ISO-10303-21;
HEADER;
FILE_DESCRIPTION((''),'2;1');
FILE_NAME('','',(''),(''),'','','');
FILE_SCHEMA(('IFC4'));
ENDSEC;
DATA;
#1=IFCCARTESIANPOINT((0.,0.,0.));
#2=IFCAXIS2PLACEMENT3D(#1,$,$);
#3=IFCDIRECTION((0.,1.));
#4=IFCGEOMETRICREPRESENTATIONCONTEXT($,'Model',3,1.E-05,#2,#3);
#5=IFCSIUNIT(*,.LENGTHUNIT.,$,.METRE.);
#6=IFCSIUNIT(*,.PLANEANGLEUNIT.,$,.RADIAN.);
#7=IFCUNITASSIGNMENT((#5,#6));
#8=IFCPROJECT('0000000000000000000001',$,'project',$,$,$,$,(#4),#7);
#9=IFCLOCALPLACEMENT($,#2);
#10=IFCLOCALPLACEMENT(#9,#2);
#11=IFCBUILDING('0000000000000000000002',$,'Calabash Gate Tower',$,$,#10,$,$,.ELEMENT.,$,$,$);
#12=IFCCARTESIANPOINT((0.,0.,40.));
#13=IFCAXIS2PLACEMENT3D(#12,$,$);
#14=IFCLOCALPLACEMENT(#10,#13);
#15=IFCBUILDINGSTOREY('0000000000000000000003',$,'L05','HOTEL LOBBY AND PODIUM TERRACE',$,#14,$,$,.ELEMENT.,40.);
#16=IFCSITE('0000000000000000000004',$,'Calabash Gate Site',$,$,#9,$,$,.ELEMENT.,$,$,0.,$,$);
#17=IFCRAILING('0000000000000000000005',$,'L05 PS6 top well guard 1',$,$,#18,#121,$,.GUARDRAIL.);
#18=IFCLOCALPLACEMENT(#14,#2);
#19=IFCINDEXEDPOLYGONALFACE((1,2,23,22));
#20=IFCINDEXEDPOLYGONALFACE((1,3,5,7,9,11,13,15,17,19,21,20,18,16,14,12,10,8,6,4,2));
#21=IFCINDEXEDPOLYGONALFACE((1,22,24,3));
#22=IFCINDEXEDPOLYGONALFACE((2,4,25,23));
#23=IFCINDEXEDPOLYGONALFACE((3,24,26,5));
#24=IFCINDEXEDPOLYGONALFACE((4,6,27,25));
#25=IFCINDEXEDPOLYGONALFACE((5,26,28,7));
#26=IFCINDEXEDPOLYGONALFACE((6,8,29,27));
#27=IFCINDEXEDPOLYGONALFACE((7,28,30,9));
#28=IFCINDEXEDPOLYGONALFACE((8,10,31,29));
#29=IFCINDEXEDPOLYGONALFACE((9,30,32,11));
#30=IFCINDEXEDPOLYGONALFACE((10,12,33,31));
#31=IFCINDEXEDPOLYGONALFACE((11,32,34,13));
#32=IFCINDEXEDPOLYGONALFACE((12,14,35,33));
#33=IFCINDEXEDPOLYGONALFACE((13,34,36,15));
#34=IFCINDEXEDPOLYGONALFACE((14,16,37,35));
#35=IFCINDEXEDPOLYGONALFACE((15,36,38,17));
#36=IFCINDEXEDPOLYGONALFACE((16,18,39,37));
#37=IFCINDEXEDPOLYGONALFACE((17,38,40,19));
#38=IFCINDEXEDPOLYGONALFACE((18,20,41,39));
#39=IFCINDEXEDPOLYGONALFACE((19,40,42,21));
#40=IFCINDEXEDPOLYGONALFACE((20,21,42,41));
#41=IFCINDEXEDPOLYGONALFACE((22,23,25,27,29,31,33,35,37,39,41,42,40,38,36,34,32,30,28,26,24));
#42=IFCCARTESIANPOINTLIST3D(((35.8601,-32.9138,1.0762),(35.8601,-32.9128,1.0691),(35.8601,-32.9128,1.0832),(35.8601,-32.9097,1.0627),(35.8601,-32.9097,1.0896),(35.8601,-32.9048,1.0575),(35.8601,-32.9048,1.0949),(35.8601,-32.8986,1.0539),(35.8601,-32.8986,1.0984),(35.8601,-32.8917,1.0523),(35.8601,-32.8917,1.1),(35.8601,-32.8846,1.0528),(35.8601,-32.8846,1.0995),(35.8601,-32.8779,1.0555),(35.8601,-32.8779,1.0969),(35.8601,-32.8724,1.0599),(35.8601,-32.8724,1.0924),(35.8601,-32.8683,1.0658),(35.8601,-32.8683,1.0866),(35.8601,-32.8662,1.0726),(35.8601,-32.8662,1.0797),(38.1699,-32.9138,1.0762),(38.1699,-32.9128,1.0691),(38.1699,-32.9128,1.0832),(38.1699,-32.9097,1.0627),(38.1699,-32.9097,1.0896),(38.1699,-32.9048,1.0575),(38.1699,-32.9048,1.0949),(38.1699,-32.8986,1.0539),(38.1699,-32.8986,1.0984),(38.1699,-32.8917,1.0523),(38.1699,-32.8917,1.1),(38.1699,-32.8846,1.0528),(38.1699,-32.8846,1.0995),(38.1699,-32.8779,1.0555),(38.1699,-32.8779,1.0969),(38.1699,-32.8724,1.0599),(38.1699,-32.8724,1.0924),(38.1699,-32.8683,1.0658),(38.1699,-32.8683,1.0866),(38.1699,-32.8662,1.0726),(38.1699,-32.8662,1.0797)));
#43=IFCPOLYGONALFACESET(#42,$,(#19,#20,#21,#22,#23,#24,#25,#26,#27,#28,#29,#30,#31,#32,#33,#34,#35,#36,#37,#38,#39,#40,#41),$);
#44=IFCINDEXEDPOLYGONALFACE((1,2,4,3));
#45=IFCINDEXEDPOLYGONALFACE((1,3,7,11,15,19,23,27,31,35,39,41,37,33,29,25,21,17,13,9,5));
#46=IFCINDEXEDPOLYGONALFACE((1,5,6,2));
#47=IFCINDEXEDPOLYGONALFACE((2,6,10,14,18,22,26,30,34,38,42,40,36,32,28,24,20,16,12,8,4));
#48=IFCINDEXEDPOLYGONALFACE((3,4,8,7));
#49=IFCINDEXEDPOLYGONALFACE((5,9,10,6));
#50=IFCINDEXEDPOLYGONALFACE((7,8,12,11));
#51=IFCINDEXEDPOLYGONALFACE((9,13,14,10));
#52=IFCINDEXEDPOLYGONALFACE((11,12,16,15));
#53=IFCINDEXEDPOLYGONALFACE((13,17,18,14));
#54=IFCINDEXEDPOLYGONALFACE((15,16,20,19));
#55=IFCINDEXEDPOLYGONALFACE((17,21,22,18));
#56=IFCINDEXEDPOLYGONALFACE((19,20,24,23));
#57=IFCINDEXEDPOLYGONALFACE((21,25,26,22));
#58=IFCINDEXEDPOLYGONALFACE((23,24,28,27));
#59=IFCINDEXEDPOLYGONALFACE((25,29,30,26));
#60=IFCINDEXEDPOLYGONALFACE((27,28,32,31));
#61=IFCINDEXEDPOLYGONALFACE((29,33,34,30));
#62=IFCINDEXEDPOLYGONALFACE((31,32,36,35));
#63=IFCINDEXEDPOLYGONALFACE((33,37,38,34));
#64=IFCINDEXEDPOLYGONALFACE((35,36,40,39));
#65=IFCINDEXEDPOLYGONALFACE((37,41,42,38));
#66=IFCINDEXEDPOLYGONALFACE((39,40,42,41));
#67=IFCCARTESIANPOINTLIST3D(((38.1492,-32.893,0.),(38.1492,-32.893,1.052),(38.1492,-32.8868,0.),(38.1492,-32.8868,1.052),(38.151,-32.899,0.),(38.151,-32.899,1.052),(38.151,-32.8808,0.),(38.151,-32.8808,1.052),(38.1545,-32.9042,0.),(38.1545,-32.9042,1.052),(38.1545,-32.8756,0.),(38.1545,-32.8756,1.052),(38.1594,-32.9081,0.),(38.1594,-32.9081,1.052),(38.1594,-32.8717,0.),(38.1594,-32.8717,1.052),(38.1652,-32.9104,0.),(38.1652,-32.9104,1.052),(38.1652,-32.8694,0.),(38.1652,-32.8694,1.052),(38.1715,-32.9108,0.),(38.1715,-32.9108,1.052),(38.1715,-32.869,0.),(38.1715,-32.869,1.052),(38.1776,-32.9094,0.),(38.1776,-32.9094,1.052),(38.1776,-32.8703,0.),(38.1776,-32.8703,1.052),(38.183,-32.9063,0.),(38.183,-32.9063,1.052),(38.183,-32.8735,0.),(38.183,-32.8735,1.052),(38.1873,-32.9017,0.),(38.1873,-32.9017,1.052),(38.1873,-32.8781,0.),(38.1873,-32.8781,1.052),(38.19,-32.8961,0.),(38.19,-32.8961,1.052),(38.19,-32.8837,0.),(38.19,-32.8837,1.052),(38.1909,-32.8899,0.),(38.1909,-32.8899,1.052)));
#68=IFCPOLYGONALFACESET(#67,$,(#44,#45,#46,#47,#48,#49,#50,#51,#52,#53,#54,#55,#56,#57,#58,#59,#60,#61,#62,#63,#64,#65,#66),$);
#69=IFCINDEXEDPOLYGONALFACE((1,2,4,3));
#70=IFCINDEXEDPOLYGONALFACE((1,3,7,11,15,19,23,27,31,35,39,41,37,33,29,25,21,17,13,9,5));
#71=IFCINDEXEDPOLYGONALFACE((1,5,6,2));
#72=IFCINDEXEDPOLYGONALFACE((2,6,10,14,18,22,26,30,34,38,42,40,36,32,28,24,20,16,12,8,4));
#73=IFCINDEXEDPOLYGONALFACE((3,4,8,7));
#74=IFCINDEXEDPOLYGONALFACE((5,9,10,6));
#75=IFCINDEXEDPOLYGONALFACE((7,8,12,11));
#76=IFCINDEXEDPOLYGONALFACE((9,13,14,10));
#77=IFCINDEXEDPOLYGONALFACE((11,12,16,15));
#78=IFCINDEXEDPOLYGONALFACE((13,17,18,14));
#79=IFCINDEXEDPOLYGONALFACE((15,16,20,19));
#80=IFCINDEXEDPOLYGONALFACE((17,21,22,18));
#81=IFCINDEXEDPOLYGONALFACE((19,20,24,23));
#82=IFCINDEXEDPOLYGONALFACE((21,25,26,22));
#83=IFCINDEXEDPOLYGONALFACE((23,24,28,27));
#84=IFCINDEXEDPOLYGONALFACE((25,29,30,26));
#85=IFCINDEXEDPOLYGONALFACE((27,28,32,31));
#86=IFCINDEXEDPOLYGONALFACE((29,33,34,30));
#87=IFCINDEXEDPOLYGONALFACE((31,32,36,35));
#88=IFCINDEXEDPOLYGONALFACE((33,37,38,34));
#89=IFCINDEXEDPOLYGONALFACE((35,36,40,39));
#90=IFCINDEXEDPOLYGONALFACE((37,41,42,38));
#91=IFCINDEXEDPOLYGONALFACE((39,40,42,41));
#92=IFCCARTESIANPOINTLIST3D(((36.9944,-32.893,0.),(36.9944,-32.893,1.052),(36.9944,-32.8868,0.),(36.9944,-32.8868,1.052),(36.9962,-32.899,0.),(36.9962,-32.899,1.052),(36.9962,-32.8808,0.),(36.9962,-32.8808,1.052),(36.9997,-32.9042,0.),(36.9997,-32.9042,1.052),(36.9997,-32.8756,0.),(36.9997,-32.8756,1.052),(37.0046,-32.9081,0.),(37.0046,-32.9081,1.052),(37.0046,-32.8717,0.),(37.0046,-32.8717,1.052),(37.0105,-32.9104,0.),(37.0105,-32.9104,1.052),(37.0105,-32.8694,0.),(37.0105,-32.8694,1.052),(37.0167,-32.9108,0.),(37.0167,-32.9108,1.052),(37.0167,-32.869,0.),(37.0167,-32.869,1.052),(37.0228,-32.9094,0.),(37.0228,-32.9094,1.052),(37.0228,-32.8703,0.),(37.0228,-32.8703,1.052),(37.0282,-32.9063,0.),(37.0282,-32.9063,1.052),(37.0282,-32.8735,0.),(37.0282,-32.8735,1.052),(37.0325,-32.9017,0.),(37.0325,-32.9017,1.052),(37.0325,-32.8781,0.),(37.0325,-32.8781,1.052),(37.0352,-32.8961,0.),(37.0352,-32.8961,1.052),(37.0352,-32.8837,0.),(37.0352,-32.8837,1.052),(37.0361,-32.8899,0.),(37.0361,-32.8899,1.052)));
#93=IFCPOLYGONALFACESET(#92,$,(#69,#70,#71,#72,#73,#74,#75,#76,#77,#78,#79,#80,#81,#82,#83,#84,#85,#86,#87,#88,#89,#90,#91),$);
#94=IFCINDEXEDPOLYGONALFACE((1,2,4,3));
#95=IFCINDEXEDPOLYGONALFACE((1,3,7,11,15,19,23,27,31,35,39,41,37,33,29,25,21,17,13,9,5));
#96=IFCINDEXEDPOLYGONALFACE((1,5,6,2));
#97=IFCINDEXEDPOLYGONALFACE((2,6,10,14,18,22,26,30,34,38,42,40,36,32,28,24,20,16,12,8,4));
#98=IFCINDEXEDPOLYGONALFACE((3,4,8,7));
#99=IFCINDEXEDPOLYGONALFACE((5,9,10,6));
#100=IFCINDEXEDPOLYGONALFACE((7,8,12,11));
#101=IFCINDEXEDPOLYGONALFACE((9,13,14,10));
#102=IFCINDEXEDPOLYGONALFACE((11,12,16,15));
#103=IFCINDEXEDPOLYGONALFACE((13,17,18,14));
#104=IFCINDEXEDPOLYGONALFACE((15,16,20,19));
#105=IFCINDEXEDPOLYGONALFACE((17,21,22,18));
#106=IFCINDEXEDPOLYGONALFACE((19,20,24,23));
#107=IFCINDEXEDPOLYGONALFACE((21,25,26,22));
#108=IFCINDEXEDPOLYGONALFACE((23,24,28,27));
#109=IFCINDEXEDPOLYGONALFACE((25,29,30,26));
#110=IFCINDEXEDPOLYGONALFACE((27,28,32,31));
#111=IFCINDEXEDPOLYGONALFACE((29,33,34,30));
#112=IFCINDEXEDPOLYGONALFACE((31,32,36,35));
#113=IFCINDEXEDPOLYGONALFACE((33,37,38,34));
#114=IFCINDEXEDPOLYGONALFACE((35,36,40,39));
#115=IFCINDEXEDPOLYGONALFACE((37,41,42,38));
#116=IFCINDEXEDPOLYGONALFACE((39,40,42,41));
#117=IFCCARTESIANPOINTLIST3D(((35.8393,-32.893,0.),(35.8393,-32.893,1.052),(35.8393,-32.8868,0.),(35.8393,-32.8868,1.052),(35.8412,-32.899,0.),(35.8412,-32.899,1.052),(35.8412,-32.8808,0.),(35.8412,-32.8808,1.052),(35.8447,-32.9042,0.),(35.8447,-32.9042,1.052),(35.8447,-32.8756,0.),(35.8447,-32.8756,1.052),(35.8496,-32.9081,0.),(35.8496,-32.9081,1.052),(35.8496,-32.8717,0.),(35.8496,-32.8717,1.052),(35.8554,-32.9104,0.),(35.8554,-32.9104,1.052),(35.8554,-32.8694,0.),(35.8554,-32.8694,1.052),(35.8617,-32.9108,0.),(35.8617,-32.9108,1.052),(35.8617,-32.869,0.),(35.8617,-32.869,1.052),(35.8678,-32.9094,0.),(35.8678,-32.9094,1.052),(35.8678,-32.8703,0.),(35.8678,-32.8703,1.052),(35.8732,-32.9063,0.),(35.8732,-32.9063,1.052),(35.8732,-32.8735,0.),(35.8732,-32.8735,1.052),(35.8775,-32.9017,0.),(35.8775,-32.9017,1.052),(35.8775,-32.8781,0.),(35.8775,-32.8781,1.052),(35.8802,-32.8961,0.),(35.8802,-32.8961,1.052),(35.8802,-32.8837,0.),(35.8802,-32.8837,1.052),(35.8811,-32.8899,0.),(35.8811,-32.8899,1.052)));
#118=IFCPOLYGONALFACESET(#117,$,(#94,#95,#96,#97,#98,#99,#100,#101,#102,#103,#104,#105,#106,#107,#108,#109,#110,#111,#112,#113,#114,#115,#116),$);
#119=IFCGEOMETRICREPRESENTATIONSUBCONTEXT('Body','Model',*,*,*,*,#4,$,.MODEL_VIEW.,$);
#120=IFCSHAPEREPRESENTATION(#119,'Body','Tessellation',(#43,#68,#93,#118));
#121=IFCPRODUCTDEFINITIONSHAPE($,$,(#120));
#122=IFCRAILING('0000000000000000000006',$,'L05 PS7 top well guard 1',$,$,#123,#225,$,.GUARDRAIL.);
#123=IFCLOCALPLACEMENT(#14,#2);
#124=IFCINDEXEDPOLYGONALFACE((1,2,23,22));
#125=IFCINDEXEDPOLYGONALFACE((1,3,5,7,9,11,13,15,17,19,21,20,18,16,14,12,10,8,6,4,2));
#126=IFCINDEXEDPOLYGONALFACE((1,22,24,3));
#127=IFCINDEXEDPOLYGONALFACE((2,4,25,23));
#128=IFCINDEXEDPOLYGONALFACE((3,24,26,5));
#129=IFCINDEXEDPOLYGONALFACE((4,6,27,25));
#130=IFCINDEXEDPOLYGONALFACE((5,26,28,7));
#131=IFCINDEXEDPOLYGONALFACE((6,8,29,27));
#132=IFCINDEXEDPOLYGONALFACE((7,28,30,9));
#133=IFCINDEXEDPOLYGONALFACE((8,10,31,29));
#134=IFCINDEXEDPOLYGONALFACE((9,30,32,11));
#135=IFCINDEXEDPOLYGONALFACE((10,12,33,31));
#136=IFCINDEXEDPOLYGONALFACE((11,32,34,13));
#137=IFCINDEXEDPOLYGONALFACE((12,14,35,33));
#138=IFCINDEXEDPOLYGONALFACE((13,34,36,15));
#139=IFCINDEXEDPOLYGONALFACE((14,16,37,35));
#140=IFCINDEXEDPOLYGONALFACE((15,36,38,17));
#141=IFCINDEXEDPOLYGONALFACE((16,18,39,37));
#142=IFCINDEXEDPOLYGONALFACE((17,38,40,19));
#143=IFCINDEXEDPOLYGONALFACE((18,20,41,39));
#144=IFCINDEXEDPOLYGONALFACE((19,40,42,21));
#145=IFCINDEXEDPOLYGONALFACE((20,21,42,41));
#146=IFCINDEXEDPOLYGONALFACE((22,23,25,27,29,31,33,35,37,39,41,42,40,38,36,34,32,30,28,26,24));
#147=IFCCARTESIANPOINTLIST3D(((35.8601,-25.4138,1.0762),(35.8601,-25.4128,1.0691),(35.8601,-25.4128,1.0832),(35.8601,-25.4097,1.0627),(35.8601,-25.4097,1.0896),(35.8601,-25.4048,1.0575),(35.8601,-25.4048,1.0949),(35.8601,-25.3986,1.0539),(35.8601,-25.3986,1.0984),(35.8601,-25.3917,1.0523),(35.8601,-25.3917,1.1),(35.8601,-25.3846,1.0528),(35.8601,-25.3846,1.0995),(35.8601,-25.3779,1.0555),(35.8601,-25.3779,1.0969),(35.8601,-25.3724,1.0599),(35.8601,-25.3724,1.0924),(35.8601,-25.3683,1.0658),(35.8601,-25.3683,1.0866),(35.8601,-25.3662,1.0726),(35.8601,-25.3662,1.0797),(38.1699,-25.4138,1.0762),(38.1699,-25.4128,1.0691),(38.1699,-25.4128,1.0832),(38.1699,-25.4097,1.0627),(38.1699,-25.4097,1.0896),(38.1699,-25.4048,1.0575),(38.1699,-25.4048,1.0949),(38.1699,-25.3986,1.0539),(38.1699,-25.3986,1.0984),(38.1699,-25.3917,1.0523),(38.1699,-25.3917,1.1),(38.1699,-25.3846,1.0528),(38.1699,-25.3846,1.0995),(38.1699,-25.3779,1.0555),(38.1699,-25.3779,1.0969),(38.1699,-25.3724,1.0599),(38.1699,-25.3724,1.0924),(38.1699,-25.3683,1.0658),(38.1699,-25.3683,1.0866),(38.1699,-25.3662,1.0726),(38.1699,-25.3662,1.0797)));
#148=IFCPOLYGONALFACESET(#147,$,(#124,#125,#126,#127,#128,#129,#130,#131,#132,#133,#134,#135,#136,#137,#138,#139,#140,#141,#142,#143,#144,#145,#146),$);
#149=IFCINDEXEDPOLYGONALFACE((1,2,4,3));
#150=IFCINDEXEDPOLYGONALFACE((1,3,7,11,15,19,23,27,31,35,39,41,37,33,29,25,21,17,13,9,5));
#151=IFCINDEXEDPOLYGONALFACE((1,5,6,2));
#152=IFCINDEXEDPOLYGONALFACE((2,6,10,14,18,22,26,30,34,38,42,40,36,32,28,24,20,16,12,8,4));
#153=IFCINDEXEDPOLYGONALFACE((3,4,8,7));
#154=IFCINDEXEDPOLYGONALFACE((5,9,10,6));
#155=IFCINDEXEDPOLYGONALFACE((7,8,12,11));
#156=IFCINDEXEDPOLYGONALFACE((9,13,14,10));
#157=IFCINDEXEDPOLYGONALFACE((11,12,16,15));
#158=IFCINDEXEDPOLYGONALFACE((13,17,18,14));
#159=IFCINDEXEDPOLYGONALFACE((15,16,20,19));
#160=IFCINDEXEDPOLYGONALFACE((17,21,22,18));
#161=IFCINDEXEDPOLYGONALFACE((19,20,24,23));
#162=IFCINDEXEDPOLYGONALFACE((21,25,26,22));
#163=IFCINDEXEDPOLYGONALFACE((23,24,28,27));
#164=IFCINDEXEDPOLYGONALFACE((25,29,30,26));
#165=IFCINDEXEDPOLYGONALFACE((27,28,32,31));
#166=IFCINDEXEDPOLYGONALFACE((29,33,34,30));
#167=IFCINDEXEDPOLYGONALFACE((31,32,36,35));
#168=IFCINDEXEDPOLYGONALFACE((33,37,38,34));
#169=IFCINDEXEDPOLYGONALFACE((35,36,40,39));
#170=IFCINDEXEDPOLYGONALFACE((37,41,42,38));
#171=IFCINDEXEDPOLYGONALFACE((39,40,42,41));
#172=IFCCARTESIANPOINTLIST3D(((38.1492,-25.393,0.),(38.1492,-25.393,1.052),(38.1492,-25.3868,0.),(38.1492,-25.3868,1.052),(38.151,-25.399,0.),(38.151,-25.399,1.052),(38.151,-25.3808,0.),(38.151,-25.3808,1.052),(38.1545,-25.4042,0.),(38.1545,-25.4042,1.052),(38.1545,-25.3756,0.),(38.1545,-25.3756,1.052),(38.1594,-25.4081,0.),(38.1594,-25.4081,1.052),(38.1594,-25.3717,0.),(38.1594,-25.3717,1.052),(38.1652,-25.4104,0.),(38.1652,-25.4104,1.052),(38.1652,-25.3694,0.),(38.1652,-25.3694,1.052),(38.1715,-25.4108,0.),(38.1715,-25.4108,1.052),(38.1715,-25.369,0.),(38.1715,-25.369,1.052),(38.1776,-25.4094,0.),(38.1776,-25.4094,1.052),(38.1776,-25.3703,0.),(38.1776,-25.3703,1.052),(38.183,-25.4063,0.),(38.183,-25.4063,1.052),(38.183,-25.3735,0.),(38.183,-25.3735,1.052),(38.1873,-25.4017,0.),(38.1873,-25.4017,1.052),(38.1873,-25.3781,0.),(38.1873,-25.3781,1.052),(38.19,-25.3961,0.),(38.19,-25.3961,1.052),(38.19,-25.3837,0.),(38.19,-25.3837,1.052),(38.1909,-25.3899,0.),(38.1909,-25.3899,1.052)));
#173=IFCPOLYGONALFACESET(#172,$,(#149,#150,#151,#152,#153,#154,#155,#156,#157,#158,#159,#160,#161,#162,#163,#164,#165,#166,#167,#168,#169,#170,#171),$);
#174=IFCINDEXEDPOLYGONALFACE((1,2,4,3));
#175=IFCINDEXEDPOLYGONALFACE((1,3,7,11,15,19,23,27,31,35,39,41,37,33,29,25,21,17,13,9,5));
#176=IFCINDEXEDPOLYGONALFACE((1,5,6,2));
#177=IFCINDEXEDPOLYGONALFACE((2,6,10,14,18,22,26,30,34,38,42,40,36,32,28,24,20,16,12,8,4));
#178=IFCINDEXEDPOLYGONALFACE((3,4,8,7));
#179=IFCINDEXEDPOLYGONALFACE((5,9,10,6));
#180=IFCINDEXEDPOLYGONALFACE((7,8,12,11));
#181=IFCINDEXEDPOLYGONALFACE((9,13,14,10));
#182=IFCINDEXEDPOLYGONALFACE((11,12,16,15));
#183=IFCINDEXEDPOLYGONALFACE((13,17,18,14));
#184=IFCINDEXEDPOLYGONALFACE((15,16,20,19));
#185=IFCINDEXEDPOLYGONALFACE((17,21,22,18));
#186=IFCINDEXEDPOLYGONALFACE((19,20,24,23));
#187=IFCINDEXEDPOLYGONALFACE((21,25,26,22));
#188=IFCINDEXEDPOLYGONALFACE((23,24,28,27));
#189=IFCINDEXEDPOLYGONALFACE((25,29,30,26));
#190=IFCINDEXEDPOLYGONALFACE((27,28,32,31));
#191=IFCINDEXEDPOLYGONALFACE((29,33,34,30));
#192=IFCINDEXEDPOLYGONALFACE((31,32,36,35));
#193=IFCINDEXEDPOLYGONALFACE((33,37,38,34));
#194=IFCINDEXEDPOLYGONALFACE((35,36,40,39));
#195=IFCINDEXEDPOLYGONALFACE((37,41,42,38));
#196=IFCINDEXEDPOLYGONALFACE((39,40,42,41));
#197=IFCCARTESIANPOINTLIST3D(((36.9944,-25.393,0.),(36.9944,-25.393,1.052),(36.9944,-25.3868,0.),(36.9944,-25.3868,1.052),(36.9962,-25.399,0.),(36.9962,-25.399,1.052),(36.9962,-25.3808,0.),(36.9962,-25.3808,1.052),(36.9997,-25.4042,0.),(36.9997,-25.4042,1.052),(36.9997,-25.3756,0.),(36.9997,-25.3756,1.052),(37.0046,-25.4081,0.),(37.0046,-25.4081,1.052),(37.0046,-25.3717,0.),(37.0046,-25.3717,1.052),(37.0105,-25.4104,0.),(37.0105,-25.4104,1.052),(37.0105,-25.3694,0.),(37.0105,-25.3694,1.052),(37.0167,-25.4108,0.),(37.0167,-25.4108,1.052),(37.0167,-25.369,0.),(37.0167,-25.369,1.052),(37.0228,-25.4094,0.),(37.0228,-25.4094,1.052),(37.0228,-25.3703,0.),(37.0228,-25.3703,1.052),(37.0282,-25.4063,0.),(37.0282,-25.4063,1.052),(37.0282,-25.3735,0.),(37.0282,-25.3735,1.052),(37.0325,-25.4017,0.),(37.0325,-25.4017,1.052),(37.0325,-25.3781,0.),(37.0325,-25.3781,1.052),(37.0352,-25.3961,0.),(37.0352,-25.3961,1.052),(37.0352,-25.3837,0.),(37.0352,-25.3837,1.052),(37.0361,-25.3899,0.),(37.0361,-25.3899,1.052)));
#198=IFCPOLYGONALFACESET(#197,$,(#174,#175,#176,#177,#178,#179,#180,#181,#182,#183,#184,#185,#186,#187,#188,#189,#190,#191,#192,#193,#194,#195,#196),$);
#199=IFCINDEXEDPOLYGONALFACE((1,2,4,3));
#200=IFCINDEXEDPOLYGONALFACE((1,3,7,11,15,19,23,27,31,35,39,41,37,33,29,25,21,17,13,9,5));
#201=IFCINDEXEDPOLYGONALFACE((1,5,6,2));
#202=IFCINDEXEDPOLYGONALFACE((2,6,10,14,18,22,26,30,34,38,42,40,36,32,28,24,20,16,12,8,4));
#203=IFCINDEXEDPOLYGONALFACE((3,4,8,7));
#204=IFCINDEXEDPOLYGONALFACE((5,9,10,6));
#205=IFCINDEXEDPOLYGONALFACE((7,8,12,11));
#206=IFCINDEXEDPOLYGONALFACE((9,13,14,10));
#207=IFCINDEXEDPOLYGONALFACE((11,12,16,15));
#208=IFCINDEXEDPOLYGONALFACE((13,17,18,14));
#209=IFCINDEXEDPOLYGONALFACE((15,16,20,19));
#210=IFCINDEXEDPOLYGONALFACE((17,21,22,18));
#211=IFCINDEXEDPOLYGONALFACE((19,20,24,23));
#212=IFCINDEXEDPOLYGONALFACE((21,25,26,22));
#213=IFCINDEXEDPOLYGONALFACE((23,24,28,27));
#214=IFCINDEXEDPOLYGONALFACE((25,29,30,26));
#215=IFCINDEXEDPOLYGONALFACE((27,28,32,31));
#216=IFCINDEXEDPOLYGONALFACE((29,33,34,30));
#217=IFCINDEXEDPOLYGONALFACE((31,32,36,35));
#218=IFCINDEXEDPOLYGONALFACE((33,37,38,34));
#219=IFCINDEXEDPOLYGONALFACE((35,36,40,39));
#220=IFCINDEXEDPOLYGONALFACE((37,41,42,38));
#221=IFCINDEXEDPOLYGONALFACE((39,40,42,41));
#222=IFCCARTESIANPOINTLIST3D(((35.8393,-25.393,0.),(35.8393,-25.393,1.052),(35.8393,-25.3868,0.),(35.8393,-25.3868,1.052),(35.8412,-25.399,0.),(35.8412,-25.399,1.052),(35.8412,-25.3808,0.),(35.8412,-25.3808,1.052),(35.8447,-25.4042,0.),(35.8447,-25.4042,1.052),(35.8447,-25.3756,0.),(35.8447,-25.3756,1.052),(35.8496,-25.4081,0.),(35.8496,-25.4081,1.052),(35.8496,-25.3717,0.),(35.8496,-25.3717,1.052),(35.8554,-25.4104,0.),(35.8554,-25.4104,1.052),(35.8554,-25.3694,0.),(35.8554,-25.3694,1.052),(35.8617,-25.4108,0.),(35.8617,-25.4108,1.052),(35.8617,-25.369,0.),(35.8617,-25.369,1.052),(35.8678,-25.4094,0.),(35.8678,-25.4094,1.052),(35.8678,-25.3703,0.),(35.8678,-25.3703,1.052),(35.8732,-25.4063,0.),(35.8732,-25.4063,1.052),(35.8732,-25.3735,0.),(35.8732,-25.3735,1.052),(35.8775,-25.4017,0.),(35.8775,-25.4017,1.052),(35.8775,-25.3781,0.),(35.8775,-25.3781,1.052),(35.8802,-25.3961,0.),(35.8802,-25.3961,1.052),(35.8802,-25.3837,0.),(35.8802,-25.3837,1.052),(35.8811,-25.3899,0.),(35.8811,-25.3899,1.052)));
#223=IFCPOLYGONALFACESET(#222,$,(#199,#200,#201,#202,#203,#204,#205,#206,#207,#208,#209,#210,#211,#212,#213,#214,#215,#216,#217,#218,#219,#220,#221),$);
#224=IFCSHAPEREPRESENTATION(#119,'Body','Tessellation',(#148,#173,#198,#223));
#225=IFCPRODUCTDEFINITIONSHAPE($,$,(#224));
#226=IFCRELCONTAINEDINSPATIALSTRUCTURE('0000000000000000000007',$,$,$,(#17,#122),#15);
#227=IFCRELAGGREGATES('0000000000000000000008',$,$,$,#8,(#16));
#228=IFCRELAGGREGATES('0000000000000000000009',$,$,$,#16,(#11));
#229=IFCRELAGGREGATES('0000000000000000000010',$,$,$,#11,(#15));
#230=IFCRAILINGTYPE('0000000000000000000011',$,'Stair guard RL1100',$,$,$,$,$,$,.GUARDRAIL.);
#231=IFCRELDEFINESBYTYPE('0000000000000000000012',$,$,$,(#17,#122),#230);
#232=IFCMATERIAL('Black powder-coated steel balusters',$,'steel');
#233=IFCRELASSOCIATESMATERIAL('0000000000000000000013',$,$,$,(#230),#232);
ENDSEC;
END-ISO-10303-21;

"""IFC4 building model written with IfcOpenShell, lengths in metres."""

from ifc_helpers import new_model, si_unit, direction, frame, origin, origin_2d, place, context, subcontext, project, spatial, circle, extrude, material, type_object, element, save


model = new_model("IFC4")

# Units and contexts
model_context = context("Model", 3, precision=1e-05, world=origin(), true_north=direction((0.0, 1.0)))
body_context = subcontext(model_context, "Body", "Model", "MODEL_VIEW")
ifc_project = project(units=[si_unit("LENGTHUNIT", "METRE"), si_unit("PLANEANGLEUNIT", "RADIAN")], contexts=[model_context])

# Site, building, storey
site_placement = place(None, origin())
site = spatial("IfcSite", under=ifc_project, at=site_placement, Name="Calabash Gate Site", CompositionType="ELEMENT", RefElevation=0.0)
building_placement = place(site_placement, origin())
building = spatial("IfcBuilding", under=site, at=building_placement, Name="Calabash Gate Tower", CompositionType="ELEMENT")
storey_placement = place(building_placement, frame((0.0, 0.0, 40.0)))
storey = spatial("IfcBuildingStorey", under=building, at=storey_placement, Name="L05", Description="HOTEL LOBBY AND PODIUM TERRACE", CompositionType="ELEMENT", Elevation=40.0)

# Railings
ifc_material_1 = material(Name="Black powder-coated steel balusters", Category="steel")
railing_type_1 = type_object("IfcRailingType", Name="Stair guard RL1100", PredefinedType="GUARDRAIL", material=ifc_material_1)
for number, where, name in (
    (1, (38.1699, -32.8899, 0.0), "L05 PS6 top well guard 1"),
    (2, (38.1699, -25.3899, 0.0), "L05 PS7 top well guard 1"),
):
    element("IfcRailing", number, at=place(storey_placement, frame(where)), inside=storey, type_object=railing_type_1, Name=name, PredefinedType="GUARDRAIL", context=body_context, shape_type="SweptSolid", body=[
        extrude(circle(Radius=0.0239, at=origin_2d()), frame((0.0, 0.0, 1.0762), z_axis=(-1.0, 0.0, 0.0), x_axis=(0.0, -1.0, 0.0)), (0.0, 0.0, 1.0), 2.3098),
        extrude(circle(Radius=0.021, at=origin_2d()), origin(), (0.0, 0.0, 1.0), 1.052),
        extrude(circle(Radius=0.021, at=origin_2d()), frame((-1.1548, 0.0, 0.0)), (0.0, 0.0, 1.0), 1.052),
        extrude(circle(Radius=0.021, at=origin_2d()), frame((-2.3098, 0.0, 0.0)), (0.0, 0.0, 1.0), 1.052),
    ])

save(model, "model.ifc")
